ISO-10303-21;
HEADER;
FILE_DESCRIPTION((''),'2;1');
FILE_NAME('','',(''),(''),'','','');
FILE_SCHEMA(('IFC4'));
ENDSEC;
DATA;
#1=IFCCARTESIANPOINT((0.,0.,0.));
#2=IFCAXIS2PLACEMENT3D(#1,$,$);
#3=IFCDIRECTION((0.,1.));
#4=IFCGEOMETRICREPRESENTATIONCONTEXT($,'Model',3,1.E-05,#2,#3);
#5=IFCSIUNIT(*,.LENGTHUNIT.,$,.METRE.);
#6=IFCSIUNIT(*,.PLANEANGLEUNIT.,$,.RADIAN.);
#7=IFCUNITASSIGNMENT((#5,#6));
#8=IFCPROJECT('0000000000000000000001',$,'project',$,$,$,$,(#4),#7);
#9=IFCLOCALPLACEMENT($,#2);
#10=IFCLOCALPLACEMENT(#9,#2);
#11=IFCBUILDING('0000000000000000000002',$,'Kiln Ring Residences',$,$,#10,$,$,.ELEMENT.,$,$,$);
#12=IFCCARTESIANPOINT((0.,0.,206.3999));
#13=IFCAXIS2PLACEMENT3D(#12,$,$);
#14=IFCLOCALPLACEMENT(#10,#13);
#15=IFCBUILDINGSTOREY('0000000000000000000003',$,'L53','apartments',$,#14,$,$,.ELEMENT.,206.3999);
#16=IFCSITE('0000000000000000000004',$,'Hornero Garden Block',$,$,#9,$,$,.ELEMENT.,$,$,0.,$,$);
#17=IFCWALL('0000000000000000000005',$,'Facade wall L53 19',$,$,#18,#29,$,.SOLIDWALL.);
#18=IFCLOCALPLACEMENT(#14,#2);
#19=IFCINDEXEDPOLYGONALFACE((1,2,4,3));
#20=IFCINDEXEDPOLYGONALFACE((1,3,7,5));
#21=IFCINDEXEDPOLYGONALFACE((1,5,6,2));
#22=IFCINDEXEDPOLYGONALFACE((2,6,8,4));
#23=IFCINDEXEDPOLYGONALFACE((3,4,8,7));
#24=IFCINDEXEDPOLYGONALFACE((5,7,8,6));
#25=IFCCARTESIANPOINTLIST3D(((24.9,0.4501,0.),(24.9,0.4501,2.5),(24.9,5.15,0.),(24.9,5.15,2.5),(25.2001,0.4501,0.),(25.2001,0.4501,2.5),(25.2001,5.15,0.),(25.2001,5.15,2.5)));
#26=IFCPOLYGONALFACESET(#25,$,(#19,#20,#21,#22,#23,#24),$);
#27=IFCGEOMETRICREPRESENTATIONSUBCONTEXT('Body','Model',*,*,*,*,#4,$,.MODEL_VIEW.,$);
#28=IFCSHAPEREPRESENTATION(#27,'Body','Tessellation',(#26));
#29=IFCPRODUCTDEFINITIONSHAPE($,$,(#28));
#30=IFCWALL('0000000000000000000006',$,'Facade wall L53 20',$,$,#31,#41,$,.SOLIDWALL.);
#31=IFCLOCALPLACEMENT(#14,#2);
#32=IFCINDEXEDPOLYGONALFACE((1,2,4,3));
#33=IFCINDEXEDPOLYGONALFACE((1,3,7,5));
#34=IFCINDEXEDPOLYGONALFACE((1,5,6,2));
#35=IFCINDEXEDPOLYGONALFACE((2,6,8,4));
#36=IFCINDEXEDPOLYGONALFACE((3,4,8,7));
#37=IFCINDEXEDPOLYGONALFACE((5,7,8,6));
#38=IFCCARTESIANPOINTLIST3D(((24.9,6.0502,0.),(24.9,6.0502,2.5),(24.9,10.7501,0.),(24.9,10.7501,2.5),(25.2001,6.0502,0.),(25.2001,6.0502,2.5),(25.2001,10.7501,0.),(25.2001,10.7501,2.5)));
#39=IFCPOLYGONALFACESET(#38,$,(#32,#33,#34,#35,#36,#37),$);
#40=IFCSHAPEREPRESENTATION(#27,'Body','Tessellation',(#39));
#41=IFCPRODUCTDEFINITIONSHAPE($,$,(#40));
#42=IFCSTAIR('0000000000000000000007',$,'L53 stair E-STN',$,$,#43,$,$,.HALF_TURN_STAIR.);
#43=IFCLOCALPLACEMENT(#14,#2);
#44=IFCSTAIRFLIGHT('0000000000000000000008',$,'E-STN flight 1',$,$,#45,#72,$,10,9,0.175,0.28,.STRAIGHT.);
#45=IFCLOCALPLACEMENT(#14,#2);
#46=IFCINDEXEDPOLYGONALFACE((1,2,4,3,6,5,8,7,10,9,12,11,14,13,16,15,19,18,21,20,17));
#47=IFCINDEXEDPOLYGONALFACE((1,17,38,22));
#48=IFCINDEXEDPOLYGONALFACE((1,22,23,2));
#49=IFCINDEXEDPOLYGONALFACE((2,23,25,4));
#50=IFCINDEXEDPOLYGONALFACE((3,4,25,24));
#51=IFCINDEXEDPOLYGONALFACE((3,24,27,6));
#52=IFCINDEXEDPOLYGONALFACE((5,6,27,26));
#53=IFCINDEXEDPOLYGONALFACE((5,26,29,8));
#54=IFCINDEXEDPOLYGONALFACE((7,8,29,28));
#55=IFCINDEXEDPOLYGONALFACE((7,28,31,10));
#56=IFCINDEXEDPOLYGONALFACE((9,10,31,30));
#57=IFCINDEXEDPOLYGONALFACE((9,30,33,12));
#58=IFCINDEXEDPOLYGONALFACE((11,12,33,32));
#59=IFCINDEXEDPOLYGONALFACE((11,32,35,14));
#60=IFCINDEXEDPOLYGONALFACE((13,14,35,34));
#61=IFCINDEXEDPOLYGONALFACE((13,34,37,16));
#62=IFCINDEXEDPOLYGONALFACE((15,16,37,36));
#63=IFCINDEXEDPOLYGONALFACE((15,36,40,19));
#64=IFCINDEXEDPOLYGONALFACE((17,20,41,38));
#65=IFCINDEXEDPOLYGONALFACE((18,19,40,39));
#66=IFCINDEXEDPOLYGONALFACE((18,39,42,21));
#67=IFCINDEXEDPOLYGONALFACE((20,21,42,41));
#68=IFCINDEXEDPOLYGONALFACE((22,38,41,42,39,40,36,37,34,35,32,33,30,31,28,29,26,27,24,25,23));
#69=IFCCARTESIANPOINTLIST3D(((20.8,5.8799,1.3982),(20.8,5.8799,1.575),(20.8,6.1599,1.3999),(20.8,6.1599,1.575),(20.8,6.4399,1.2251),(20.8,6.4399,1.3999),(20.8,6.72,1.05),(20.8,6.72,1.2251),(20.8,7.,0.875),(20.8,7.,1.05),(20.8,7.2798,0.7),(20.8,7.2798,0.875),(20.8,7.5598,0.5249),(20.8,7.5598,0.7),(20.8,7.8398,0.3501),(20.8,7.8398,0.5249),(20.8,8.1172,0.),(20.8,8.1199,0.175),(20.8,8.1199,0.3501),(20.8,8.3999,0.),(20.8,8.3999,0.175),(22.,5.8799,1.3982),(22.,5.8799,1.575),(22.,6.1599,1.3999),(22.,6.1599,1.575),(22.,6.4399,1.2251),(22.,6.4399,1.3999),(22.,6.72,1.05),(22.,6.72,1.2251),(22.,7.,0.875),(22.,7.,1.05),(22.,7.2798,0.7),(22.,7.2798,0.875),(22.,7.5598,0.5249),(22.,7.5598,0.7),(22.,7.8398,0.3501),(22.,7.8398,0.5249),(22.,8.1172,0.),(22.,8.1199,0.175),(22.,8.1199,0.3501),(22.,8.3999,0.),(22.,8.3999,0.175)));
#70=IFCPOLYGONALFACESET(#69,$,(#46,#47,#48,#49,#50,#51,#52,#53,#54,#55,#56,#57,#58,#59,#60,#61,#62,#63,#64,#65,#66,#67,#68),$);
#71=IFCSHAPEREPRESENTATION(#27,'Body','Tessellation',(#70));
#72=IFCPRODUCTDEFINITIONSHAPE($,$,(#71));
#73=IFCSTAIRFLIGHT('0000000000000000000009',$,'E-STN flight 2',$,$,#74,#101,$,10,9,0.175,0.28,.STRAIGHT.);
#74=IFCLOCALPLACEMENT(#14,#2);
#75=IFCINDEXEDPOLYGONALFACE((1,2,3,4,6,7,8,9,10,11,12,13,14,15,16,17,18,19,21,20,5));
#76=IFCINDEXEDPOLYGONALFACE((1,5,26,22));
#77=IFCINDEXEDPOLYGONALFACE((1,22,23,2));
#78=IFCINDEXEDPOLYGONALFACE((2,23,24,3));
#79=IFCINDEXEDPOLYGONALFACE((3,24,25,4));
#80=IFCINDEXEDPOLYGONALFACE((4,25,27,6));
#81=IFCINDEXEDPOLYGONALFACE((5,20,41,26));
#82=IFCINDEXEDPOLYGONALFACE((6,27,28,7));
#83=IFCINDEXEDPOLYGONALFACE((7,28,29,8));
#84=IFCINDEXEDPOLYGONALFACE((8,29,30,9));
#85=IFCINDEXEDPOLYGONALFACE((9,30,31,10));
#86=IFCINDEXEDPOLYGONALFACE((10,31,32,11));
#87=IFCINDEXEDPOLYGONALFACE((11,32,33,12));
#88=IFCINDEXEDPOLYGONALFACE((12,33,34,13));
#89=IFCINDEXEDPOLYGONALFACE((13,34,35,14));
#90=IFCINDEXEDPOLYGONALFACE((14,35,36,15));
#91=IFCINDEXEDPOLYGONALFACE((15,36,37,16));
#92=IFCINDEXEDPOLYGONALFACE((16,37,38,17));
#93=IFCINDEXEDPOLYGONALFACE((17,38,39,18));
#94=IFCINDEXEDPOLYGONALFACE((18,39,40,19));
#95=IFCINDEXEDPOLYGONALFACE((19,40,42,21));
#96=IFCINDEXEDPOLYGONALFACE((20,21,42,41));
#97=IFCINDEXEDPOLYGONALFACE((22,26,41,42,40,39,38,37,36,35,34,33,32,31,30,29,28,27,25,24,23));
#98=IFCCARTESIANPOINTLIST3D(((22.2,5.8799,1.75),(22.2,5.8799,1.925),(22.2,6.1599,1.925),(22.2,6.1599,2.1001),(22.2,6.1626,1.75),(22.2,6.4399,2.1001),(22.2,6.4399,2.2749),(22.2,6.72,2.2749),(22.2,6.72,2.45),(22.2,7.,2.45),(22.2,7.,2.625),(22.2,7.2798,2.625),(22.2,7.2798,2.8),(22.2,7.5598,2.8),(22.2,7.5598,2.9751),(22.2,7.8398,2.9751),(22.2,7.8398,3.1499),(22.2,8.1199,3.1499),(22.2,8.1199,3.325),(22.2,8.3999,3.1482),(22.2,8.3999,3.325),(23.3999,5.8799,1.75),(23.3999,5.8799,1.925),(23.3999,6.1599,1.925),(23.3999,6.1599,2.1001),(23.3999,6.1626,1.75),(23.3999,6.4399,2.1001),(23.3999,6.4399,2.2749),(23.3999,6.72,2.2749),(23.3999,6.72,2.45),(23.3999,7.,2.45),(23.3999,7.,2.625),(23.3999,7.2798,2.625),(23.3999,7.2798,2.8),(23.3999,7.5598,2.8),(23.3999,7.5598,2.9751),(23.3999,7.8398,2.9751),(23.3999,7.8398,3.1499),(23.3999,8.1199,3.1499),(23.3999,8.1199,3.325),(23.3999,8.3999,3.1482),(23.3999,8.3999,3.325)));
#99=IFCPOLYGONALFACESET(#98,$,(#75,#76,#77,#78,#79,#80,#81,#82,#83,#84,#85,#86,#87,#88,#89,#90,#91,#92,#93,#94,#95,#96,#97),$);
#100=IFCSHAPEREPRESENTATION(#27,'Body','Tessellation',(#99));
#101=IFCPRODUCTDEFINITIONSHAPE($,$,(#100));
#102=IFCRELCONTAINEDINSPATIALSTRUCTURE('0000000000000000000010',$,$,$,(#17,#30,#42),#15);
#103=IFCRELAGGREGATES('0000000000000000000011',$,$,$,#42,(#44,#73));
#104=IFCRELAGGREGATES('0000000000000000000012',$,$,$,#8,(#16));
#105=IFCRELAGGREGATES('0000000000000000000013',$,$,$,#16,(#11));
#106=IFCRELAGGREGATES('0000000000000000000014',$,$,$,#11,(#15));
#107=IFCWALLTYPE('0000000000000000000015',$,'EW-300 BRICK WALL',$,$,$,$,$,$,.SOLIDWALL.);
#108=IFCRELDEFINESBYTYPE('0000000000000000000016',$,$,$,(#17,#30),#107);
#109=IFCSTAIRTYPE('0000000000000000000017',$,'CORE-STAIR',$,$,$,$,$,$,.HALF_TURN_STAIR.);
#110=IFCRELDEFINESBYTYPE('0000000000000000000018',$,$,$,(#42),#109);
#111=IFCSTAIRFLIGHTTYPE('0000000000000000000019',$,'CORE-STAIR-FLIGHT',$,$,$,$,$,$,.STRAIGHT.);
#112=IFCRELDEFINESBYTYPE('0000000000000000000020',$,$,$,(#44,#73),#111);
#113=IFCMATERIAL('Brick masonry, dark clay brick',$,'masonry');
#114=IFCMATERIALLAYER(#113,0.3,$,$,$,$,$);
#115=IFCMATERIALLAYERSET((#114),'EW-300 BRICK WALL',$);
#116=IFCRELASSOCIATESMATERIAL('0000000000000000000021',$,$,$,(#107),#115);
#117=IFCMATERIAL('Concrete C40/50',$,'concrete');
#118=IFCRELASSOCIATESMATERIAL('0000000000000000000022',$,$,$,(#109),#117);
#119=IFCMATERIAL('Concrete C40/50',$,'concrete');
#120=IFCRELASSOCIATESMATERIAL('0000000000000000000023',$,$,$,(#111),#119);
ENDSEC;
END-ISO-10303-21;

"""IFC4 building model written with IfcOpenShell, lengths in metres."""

from ifc_helpers import new_model, si_unit, direction, frame, frame_2d, origin, place, context, subcontext, project, spatial, polyline, rectangle, outline, extrude, material, layer, layer_set, type_object, element, aggregate, save


model = new_model("IFC4")

# Units and contexts
model_context = context("Model", 3, precision=1e-05, world=origin(), true_north=direction((0.0, 1.0)))
body_context = subcontext(model_context, "Body", "Model", "MODEL_VIEW")
ifc_project = project(units=[si_unit("LENGTHUNIT", "METRE"), si_unit("PLANEANGLEUNIT", "RADIAN")], contexts=[model_context])

# Site, building, storey
site_placement = place(None, origin())
site = spatial("IfcSite", under=ifc_project, at=site_placement, Name="Hornero Garden Block", CompositionType="ELEMENT", RefElevation=0.0)
building_placement = place(site_placement, origin())
building = spatial("IfcBuilding", under=site, at=building_placement, Name="Kiln Ring Residences", CompositionType="ELEMENT")
storey_placement = place(building_placement, frame((0.0, 0.0, 206.3999)))
storey = spatial("IfcBuildingStorey", under=building, at=storey_placement, Name="L53", Description="apartments", CompositionType="ELEMENT", Elevation=206.3999)

# Walls
ifc_material_1 = material(Name="Brick masonry, dark clay brick", Category="masonry")
ifc_layer_1 = layer(ifc_material_1, 0.3)
ifc_layer_set_1 = layer_set([ifc_layer_1], Name="EW-300 BRICK WALL")
wall_type_1 = type_object("IfcWallType", Name="EW-300 BRICK WALL", PredefinedType="SOLIDWALL", material=ifc_layer_set_1)
for number, where, z_axis, x_axis, name in (
    (1, (25.05, 0.45, 0.0), (0.0, 0.0, 1.0), (0.0, 1.0, 0.0), "Facade wall L53 19"),
    (2, (25.05, 6.05, 0.0), (0.0, 0.0, 1.0), (0.0, 1.0, 0.0), "Facade wall L53 20"),
):
    element("IfcWall", number, at=place(storey_placement, frame(where, z_axis=z_axis, x_axis=x_axis)), inside=storey, type_object=wall_type_1, Name=name, PredefinedType="SOLIDWALL", context=body_context, shape_type="SweptSolid", body=[
        extrude(rectangle(XDim=4.7, YDim=0.3, at=frame_2d((2.3501, 0.0))), origin(), (0.0, 0.0, 1.0), 2.5),
    ])

# Stair, stair flights
ifc_material_2 = material(Name="Concrete C40/50", Category="concrete")
stair_type = type_object("IfcStairType", Name="CORE-STAIR", PredefinedType="HALF_TURN_STAIR", material=ifc_material_2)
stair_placement = place(storey_placement, origin())
stair = element("IfcStair", 3, at=stair_placement, inside=storey, type_object=stair_type, Name="L53 stair E-STN", PredefinedType="HALF_TURN_STAIR")
ifc_material_3 = material(Name="Concrete C40/50", Category="concrete")
stair_flight_type = type_object("IfcStairFlightType", Name="CORE-STAIR-FLIGHT", PredefinedType="STRAIGHT", material=ifc_material_3)
stair_flight_1_placement = place(storey_placement, frame((21.3999, 8.3999, 0.0), z_axis=(0.0, 0.0, 1.0), x_axis=(0.0, -1.0, 0.0)))
stair_flight_1 = element("IfcStairFlight", 4, at=stair_flight_1_placement, type_object=stair_flight_type, Name="E-STN flight 1", NumberOfRisers=10, NumberOfTreads=9, PredefinedType="STRAIGHT", RiserHeight=0.175, TreadLength=0.28, context=body_context, shape_type="SweptSolid", body=[
    extrude(outline(polyline([(0.0, 0.0), (0.0, 0.175), (0.28, 0.175), (0.28, 0.3501), (0.5601, 0.3501), (0.5601, 0.5249), (0.8401, 0.5249), (0.8401, 0.7), (1.1201, 0.7), (1.1201, 0.875), (1.3999, 0.875), (1.3999, 1.05), (1.6799, 1.05), (1.6799, 1.2251), (1.96, 1.2251), (1.96, 1.3999), (2.24, 1.3999), (2.24, 1.575), (2.52, 1.575), (2.52, 1.75), (2.52, 1.3982), (0.2827, 0.0), (0.0, 0.0)])), frame((0.0, 0.6001, 0.0), z_axis=(0.0, -1.0, 0.0), x_axis=(1.0, 0.0, 0.0)), (0.0, 0.0, 1.0), 1.2),
])
stair_flight_2_placement = place(storey_placement, frame((22.8, 5.8799, 1.75), z_axis=(0.0, 0.0, 1.0), x_axis=(0.0, 1.0, 0.0)))
stair_flight_2 = element("IfcStairFlight", 5, at=stair_flight_2_placement, type_object=stair_flight_type, Name="E-STN flight 2", NumberOfRisers=10, NumberOfTreads=9, PredefinedType="STRAIGHT", RiserHeight=0.175, TreadLength=0.28, context=body_context, shape_type="SweptSolid", body=[
    extrude(outline(polyline([(0.0, 0.0), (0.0, 0.175), (0.28, 0.175), (0.28, 0.3501), (0.5601, 0.3501), (0.5601, 0.5249), (0.8401, 0.5249), (0.8401, 0.7), (1.1201, 0.7), (1.1201, 0.875), (1.3999, 0.875), (1.3999, 1.05), (1.6799, 1.05), (1.6799, 1.2251), (1.96, 1.2251), (1.96, 1.3999), (2.24, 1.3999), (2.24, 1.575), (2.52, 1.575), (2.52, 1.75), (2.52, 1.3982), (0.2827, 0.0), (0.0, 0.0)])), frame((0.0, 0.6001, 0.0), z_axis=(0.0, -1.0, 0.0), x_axis=(1.0, 0.0, 0.0)), (0.0, 0.0, 1.0), 1.2),
])
aggregate(stair, [stair_flight_1, stair_flight_2])

save(model, "model.ifc")
